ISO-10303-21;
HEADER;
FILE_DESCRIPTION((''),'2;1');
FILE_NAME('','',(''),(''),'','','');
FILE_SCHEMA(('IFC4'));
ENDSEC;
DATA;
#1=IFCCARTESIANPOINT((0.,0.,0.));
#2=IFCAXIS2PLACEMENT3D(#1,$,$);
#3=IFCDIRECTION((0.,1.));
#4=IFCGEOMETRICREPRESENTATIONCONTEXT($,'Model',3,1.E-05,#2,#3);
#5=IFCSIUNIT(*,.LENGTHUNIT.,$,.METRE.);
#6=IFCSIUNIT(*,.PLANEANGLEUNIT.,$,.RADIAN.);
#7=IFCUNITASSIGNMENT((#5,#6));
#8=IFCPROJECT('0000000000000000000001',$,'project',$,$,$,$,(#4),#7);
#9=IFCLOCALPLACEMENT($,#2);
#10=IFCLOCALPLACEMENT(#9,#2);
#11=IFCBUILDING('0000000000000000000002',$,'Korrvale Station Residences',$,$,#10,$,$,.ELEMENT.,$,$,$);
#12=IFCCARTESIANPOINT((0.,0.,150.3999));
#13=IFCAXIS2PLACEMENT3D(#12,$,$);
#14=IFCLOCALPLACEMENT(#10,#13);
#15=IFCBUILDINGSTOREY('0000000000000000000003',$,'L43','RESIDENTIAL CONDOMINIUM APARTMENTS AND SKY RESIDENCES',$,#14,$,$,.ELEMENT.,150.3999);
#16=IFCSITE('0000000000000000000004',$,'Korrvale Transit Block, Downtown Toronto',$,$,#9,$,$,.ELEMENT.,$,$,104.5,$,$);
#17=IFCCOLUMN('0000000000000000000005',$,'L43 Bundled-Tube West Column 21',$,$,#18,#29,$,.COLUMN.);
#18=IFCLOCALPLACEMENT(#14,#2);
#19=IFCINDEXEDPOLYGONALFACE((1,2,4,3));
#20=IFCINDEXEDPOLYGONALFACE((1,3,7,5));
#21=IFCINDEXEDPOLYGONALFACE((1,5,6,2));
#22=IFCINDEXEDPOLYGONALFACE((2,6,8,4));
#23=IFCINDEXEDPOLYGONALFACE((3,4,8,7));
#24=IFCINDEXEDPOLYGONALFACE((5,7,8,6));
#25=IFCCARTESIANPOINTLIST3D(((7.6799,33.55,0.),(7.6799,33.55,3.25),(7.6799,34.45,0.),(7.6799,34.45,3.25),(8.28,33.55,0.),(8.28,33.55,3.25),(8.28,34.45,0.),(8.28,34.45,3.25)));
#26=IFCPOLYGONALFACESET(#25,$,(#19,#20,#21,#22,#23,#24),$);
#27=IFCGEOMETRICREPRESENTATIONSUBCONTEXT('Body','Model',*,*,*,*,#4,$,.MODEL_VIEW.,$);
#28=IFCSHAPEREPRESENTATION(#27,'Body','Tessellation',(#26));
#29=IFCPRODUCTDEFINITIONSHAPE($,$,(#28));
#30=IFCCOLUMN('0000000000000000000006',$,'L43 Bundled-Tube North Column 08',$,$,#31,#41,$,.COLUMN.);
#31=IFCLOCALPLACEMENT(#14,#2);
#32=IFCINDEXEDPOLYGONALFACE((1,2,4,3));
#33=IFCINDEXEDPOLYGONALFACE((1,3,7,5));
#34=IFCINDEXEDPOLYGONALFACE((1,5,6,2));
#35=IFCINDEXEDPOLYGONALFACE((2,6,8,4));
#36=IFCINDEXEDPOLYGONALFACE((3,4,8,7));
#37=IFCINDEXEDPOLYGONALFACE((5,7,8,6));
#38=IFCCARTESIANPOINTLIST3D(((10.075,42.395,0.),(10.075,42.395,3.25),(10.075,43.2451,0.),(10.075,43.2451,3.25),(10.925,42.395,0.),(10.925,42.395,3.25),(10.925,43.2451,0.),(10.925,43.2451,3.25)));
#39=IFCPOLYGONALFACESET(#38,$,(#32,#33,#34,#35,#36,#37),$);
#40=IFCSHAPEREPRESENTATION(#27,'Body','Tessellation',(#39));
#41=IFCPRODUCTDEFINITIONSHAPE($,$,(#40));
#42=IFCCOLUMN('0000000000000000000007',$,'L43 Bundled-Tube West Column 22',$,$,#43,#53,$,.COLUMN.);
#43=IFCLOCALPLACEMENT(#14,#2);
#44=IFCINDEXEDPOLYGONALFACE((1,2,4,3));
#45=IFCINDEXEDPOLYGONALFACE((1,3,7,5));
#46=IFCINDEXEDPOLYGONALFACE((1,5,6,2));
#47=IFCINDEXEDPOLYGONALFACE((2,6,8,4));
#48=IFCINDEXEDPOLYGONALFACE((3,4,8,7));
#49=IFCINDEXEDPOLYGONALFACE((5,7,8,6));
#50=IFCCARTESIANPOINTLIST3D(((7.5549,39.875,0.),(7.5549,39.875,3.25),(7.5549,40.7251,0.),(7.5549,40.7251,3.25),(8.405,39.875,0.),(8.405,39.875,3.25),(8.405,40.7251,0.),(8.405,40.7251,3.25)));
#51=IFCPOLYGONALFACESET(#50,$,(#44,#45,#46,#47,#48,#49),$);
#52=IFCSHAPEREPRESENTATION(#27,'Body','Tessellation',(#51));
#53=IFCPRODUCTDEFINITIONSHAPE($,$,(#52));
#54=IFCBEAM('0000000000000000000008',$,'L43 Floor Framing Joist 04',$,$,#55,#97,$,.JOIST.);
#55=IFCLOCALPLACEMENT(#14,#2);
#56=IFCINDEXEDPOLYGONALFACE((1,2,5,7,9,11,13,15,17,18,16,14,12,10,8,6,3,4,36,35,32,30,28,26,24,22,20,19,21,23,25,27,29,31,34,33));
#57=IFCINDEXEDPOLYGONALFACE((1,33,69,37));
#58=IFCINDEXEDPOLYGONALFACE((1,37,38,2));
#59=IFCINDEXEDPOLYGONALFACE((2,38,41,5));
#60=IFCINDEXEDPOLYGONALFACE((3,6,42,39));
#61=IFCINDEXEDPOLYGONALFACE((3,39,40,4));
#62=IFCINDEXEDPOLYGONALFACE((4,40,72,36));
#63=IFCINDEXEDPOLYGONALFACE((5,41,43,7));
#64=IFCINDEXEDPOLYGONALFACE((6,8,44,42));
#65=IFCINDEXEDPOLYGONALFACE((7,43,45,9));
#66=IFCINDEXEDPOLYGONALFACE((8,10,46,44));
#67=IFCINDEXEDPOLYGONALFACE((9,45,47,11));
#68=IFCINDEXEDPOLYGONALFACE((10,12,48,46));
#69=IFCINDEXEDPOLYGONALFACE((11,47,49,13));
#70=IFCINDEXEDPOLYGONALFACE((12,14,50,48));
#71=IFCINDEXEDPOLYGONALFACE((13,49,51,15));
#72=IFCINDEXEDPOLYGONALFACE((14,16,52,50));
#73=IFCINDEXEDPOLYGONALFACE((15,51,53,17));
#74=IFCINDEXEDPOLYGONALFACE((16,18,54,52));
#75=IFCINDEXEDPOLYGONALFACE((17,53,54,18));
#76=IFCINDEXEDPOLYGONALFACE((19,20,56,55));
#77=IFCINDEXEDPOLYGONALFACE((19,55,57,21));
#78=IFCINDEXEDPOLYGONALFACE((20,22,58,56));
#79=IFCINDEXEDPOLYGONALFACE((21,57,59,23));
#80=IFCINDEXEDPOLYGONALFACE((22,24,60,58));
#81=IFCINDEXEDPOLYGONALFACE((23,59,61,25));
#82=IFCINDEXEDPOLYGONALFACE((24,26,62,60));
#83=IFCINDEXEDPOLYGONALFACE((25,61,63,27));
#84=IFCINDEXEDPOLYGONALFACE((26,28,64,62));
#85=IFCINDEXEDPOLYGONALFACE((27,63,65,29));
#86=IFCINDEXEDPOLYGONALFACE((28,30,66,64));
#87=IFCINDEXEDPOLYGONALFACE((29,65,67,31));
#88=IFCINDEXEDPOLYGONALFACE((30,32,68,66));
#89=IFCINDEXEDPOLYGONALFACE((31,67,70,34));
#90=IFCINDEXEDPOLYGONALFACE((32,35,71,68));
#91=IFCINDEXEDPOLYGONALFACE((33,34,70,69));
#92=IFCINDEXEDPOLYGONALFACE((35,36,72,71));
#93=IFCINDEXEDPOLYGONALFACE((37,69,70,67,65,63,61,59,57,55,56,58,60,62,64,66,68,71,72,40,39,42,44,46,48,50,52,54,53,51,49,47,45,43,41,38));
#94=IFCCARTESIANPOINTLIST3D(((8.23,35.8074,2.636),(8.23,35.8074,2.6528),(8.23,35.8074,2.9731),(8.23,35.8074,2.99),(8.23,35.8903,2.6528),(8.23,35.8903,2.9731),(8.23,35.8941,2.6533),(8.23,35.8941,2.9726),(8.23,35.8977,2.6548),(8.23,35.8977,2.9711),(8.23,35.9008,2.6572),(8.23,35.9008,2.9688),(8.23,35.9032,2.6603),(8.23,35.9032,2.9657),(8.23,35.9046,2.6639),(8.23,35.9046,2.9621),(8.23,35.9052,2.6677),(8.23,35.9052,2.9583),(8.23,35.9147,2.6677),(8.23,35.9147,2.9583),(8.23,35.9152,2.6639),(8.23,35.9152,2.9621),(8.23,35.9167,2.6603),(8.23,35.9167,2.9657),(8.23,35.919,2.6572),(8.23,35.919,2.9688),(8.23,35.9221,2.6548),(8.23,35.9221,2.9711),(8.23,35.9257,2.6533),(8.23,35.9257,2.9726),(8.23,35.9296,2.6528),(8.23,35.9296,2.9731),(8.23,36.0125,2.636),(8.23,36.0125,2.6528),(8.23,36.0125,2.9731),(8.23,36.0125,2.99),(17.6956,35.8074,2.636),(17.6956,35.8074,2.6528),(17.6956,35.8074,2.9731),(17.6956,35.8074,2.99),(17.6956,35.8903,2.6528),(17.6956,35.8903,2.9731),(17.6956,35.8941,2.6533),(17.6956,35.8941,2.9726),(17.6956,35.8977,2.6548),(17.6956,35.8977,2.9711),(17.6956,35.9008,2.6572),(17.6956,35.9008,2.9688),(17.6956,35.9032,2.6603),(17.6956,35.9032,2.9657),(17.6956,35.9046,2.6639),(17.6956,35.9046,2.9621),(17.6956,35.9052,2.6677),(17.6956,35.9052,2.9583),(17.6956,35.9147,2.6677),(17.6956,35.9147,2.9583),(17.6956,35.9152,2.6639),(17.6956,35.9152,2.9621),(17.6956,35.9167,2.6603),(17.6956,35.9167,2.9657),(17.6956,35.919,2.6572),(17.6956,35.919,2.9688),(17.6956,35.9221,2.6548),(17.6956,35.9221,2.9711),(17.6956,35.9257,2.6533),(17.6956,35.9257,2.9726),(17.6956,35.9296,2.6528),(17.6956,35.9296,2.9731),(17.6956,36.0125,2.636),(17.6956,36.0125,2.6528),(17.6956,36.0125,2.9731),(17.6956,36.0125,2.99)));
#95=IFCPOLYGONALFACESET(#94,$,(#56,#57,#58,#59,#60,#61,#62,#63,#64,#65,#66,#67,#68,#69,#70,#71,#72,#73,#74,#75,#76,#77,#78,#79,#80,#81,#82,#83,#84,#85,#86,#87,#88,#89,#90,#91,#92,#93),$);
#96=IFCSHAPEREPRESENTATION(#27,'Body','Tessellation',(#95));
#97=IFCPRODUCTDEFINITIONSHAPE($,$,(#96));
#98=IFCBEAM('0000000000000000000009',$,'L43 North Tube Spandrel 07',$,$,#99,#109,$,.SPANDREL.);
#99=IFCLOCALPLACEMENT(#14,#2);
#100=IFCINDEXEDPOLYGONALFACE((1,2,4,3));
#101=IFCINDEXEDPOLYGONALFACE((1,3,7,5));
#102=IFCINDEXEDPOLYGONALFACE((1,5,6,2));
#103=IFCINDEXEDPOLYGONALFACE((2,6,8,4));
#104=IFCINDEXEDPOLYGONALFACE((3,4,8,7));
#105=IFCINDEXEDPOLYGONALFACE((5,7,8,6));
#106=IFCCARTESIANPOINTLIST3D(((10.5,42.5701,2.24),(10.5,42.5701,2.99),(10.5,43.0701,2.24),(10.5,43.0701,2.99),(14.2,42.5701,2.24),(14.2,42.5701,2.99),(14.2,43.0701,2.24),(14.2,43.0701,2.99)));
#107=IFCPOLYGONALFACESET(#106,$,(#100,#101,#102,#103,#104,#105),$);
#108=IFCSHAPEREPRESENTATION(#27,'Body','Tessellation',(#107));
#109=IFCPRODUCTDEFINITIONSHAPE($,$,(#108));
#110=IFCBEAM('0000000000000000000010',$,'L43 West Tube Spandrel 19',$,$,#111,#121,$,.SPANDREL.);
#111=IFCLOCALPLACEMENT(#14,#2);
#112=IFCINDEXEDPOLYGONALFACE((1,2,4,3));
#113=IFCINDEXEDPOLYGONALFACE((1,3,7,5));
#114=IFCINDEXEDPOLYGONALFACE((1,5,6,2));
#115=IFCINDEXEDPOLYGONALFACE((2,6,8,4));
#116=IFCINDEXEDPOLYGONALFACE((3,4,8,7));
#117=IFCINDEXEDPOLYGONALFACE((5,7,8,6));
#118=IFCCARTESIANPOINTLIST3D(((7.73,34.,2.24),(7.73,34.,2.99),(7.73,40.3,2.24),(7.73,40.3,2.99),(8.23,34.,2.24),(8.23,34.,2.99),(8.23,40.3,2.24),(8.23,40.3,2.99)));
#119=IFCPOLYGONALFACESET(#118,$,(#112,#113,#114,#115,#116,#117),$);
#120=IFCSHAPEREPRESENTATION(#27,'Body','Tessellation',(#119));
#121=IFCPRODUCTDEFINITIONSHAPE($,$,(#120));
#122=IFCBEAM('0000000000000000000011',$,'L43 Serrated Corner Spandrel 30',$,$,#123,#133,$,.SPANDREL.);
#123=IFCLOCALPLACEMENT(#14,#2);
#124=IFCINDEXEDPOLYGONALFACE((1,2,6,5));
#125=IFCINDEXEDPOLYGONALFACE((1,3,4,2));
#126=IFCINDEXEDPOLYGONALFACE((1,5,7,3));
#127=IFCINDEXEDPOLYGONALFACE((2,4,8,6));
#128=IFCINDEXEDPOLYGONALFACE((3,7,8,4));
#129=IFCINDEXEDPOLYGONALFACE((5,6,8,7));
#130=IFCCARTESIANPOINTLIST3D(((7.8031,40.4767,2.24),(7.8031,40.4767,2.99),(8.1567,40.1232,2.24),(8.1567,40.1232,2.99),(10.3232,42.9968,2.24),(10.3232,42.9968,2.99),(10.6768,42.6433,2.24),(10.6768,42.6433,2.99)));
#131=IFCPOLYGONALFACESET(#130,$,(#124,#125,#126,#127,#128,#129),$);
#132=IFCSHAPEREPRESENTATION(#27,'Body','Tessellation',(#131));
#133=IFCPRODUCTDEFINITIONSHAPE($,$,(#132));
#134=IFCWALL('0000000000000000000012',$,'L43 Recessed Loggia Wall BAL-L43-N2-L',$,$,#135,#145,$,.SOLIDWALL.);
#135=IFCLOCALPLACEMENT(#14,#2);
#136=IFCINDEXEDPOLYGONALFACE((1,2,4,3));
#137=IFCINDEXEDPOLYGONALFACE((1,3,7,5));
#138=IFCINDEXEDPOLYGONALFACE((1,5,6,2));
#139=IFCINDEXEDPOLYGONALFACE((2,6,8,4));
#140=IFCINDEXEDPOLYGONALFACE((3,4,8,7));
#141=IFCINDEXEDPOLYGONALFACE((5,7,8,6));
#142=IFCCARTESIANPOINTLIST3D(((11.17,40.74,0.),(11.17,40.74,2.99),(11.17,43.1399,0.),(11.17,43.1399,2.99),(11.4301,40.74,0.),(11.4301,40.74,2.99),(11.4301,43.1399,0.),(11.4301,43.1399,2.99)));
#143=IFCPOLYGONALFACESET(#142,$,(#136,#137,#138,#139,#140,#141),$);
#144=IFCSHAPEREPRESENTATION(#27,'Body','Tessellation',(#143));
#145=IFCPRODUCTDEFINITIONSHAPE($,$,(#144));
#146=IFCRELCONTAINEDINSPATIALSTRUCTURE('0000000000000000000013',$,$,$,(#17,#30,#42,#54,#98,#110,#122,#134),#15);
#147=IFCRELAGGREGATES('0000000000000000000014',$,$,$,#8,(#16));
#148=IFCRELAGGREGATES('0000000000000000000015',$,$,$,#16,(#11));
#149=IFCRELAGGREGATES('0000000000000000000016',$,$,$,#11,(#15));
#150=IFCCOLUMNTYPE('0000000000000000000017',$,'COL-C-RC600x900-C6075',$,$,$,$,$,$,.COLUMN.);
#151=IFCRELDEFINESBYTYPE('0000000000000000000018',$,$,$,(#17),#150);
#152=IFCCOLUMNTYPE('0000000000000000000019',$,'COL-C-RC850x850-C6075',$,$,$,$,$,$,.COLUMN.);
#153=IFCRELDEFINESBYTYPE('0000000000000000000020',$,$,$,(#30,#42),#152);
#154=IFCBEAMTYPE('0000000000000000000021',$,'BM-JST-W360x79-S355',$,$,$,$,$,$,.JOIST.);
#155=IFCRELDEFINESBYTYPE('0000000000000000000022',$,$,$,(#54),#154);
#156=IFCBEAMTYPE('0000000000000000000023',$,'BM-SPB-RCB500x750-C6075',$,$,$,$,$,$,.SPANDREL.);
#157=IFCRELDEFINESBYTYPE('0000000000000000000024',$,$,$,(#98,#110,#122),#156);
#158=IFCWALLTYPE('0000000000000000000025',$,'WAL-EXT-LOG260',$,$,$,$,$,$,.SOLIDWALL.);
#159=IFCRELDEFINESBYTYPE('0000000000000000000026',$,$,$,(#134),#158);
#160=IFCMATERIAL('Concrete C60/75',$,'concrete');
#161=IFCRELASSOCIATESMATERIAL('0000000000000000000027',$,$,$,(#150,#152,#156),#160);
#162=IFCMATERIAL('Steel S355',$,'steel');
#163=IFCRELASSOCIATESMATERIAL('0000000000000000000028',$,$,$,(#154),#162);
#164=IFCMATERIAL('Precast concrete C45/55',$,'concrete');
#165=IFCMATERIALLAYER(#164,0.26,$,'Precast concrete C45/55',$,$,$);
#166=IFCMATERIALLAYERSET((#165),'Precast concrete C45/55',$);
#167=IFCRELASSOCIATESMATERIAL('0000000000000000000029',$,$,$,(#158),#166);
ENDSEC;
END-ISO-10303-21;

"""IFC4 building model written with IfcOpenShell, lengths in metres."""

from ifc_helpers import new_model, si_unit, direction, frame, frame_2d, origin, origin_2d, place, context, subcontext, project, spatial, rectangle, i_section, extrude, material, layer, layer_set, material_profile, profile_set, type_object, element, save


model = new_model("IFC4")

# Units and contexts
model_context = context("Model", 3, precision=1e-05, world=origin(), true_north=direction((0.0, 1.0)))
body_context = subcontext(model_context, "Body", "Model", "MODEL_VIEW")
ifc_project = project(units=[si_unit("LENGTHUNIT", "METRE"), si_unit("PLANEANGLEUNIT", "RADIAN")], contexts=[model_context])

# Site, building, storey
site_placement = place(None, origin())
site = spatial("IfcSite", under=ifc_project, at=site_placement, Name="Korrvale Transit Block, Downtown Toronto", CompositionType="ELEMENT", RefElevation=104.5)
building_placement = place(site_placement, origin())
building = spatial("IfcBuilding", under=site, at=building_placement, Name="Korrvale Station Residences", CompositionType="ELEMENT")
storey_placement = place(building_placement, frame((0.0, 0.0, 150.3999)))
storey = spatial("IfcBuildingStorey", under=building, at=storey_placement, Name="L43", Description="RESIDENTIAL CONDOMINIUM APARTMENTS AND SKY RESIDENCES", CompositionType="ELEMENT", Elevation=150.3999)

# Columns
ifc_material_1 = material(Name="Concrete C60/75", Category="concrete")
ifc_material_profile_1 = material_profile(ifc_material_1, rectangle(XDim=0.6001, YDim=0.8999, at=origin_2d()), Name="RC600x900")
ifc_profile_set_1 = profile_set([ifc_material_profile_1], Name="Concrete C60/75")
column_type_1 = type_object("IfcColumnType", Name="COL-C-RC600x900-C6075", PredefinedType="COLUMN", material=ifc_profile_set_1)
column_placement = place(storey_placement, frame((7.98, 34.0, 0.0), z_axis=(0.0, 0.0, 1.0), x_axis=(1.0, 0.0, 0.0)))
element("IfcColumn", 1, at=column_placement, inside=storey, type_object=column_type_1, Name="L43 Bundled-Tube West Column 21", PredefinedType="COLUMN", context=body_context, shape_type="SweptSolid", body=[
    extrude(rectangle(XDim=0.6001, YDim=0.8999, at=origin_2d()), origin(), (0.0, 0.0, 1.0), 3.25),
])
ifc_material_profile_2 = material_profile(ifc_material_1, rectangle(XDim=0.8501, YDim=0.8501, at=origin_2d()), Name="RC850x850")
ifc_profile_set_2 = profile_set([ifc_material_profile_2], Name="Concrete C60/75")
column_type_2 = type_object("IfcColumnType", Name="COL-C-RC850x850-C6075", PredefinedType="COLUMN", material=ifc_profile_set_2)
for number, where, z_axis, x_axis, name in (
    (2, (10.5, 42.8201, 0.0), (0.0, 0.0, 1.0), (1.0, 0.0, 0.0), "L43 Bundled-Tube North Column 08"),
    (3, (7.98, 40.3, 0.0), (0.0, 0.0, 1.0), (1.0, 0.0, 0.0), "L43 Bundled-Tube West Column 22"),
):
    element("IfcColumn", number, at=place(storey_placement, frame(where, z_axis=z_axis, x_axis=x_axis)), inside=storey, type_object=column_type_2, Name=name, PredefinedType="COLUMN", context=body_context, shape_type="SweptSolid", body=[
        extrude(rectangle(XDim=0.8501, YDim=0.8501, at=origin_2d()), origin(), (0.0, 0.0, 1.0), 3.25),
    ])

# Beams
ifc_material_2 = material(Name="Steel S355", Category="steel")
ifc_material_profile_3 = material_profile(ifc_material_2, i_section(OverallWidth=0.2051, OverallDepth=0.354, WebThickness=0.0095, FlangeThickness=0.0168, FilletRadius=0.0149, at=origin_2d()), Name="W360x79")
ifc_profile_set_3 = profile_set([ifc_material_profile_3], Name="Steel S355")
beam_type_1 = type_object("IfcBeamType", Name="BM-JST-W360x79-S355", PredefinedType="JOIST", material=ifc_profile_set_3)
beam_1_placement = place(storey_placement, frame((8.23, 35.9099, 2.813), z_axis=(1.0, 0.0, 0.0), x_axis=(0.0, 1.0, 0.0)))
element("IfcBeam", 4, at=beam_1_placement, inside=storey, type_object=beam_type_1, Name="L43 Floor Framing Joist 04", PredefinedType="JOIST", context=body_context, shape_type="SweptSolid", body=[
    extrude(i_section(OverallWidth=0.2051, OverallDepth=0.354, WebThickness=0.0095, FlangeThickness=0.0168, FilletRadius=0.0149, at=origin_2d()), origin(), (0.0, 0.0, 1.0), 9.4656),
])
ifc_material_profile_4 = material_profile(ifc_material_1, rectangle(XDim=0.5, YDim=0.75, at=origin_2d()), Name="RCB500x750")
ifc_profile_set_4 = profile_set([ifc_material_profile_4], Name="Concrete C60/75")
beam_type_2 = type_object("IfcBeamType", Name="BM-SPB-RCB500x750-C6075", PredefinedType="SPANDREL", material=ifc_profile_set_4)
beam_2_placement = place(storey_placement, frame((10.5, 42.8201, 2.615), z_axis=(1.0, 0.0, 0.0), x_axis=(0.0, 1.0, 0.0)))
element("IfcBeam", 5, at=beam_2_placement, inside=storey, type_object=beam_type_2, Name="L43 North Tube Spandrel 07", PredefinedType="SPANDREL", context=body_context, shape_type="SweptSolid", body=[
    extrude(rectangle(XDim=0.5, YDim=0.75, at=origin_2d()), origin(), (0.0, 0.0, 1.0), 3.7),
])
beam_3_placement = place(storey_placement, frame((7.98, 34.0, 2.615), z_axis=(0.0, 1.0, 0.0), x_axis=(-1.0, 0.0, 0.0)))
element("IfcBeam", 6, at=beam_3_placement, inside=storey, type_object=beam_type_2, Name="L43 West Tube Spandrel 19", PredefinedType="SPANDREL", context=body_context, shape_type="SweptSolid", body=[
    extrude(rectangle(XDim=0.5, YDim=0.75, at=origin_2d()), origin(), (0.0, 0.0, 1.0), 6.3),
])
beam_4_placement = place(storey_placement, frame((10.5, 42.8201, 2.615), z_axis=(-0.707107, -0.707107, 0.0), x_axis=(0.707107, -0.707107, 0.0)))
element("IfcBeam", 7, at=beam_4_placement, inside=storey, type_object=beam_type_2, Name="L43 Serrated Corner Spandrel 30", PredefinedType="SPANDREL", context=body_context, shape_type="SweptSolid", body=[
    extrude(rectangle(XDim=0.5, YDim=0.75, at=origin_2d()), origin(), (0.0, 0.0, 1.0), 3.564),
])

# Wall
ifc_material_3 = material(Name="Precast concrete C45/55", Category="concrete")
ifc_layer_1 = layer(ifc_material_3, 0.26, Name="Precast concrete C45/55")
ifc_layer_set_1 = layer_set([ifc_layer_1], Name="Precast concrete C45/55")
wall_type_1 = type_object("IfcWallType", Name="WAL-EXT-LOG260", PredefinedType="SOLIDWALL", material=ifc_layer_set_1)
wall_1_placement = place(storey_placement, frame((11.3, 43.1399, 0.0), z_axis=(0.0, 0.0, 1.0), x_axis=(0.0, -1.0, 0.0)))
element("IfcWall", 8, at=wall_1_placement, inside=storey, type_object=wall_type_1, Name="L43 Recessed Loggia Wall BAL-L43-N2-L", PredefinedType="SOLIDWALL", context=body_context, shape_type="SweptSolid", body=[
    extrude(rectangle(XDim=2.3999, YDim=0.26, at=frame_2d((1.2, 0.0))), origin(), (0.0, 0.0, 1.0), 2.99),
])

save(model, "model.ifc")
